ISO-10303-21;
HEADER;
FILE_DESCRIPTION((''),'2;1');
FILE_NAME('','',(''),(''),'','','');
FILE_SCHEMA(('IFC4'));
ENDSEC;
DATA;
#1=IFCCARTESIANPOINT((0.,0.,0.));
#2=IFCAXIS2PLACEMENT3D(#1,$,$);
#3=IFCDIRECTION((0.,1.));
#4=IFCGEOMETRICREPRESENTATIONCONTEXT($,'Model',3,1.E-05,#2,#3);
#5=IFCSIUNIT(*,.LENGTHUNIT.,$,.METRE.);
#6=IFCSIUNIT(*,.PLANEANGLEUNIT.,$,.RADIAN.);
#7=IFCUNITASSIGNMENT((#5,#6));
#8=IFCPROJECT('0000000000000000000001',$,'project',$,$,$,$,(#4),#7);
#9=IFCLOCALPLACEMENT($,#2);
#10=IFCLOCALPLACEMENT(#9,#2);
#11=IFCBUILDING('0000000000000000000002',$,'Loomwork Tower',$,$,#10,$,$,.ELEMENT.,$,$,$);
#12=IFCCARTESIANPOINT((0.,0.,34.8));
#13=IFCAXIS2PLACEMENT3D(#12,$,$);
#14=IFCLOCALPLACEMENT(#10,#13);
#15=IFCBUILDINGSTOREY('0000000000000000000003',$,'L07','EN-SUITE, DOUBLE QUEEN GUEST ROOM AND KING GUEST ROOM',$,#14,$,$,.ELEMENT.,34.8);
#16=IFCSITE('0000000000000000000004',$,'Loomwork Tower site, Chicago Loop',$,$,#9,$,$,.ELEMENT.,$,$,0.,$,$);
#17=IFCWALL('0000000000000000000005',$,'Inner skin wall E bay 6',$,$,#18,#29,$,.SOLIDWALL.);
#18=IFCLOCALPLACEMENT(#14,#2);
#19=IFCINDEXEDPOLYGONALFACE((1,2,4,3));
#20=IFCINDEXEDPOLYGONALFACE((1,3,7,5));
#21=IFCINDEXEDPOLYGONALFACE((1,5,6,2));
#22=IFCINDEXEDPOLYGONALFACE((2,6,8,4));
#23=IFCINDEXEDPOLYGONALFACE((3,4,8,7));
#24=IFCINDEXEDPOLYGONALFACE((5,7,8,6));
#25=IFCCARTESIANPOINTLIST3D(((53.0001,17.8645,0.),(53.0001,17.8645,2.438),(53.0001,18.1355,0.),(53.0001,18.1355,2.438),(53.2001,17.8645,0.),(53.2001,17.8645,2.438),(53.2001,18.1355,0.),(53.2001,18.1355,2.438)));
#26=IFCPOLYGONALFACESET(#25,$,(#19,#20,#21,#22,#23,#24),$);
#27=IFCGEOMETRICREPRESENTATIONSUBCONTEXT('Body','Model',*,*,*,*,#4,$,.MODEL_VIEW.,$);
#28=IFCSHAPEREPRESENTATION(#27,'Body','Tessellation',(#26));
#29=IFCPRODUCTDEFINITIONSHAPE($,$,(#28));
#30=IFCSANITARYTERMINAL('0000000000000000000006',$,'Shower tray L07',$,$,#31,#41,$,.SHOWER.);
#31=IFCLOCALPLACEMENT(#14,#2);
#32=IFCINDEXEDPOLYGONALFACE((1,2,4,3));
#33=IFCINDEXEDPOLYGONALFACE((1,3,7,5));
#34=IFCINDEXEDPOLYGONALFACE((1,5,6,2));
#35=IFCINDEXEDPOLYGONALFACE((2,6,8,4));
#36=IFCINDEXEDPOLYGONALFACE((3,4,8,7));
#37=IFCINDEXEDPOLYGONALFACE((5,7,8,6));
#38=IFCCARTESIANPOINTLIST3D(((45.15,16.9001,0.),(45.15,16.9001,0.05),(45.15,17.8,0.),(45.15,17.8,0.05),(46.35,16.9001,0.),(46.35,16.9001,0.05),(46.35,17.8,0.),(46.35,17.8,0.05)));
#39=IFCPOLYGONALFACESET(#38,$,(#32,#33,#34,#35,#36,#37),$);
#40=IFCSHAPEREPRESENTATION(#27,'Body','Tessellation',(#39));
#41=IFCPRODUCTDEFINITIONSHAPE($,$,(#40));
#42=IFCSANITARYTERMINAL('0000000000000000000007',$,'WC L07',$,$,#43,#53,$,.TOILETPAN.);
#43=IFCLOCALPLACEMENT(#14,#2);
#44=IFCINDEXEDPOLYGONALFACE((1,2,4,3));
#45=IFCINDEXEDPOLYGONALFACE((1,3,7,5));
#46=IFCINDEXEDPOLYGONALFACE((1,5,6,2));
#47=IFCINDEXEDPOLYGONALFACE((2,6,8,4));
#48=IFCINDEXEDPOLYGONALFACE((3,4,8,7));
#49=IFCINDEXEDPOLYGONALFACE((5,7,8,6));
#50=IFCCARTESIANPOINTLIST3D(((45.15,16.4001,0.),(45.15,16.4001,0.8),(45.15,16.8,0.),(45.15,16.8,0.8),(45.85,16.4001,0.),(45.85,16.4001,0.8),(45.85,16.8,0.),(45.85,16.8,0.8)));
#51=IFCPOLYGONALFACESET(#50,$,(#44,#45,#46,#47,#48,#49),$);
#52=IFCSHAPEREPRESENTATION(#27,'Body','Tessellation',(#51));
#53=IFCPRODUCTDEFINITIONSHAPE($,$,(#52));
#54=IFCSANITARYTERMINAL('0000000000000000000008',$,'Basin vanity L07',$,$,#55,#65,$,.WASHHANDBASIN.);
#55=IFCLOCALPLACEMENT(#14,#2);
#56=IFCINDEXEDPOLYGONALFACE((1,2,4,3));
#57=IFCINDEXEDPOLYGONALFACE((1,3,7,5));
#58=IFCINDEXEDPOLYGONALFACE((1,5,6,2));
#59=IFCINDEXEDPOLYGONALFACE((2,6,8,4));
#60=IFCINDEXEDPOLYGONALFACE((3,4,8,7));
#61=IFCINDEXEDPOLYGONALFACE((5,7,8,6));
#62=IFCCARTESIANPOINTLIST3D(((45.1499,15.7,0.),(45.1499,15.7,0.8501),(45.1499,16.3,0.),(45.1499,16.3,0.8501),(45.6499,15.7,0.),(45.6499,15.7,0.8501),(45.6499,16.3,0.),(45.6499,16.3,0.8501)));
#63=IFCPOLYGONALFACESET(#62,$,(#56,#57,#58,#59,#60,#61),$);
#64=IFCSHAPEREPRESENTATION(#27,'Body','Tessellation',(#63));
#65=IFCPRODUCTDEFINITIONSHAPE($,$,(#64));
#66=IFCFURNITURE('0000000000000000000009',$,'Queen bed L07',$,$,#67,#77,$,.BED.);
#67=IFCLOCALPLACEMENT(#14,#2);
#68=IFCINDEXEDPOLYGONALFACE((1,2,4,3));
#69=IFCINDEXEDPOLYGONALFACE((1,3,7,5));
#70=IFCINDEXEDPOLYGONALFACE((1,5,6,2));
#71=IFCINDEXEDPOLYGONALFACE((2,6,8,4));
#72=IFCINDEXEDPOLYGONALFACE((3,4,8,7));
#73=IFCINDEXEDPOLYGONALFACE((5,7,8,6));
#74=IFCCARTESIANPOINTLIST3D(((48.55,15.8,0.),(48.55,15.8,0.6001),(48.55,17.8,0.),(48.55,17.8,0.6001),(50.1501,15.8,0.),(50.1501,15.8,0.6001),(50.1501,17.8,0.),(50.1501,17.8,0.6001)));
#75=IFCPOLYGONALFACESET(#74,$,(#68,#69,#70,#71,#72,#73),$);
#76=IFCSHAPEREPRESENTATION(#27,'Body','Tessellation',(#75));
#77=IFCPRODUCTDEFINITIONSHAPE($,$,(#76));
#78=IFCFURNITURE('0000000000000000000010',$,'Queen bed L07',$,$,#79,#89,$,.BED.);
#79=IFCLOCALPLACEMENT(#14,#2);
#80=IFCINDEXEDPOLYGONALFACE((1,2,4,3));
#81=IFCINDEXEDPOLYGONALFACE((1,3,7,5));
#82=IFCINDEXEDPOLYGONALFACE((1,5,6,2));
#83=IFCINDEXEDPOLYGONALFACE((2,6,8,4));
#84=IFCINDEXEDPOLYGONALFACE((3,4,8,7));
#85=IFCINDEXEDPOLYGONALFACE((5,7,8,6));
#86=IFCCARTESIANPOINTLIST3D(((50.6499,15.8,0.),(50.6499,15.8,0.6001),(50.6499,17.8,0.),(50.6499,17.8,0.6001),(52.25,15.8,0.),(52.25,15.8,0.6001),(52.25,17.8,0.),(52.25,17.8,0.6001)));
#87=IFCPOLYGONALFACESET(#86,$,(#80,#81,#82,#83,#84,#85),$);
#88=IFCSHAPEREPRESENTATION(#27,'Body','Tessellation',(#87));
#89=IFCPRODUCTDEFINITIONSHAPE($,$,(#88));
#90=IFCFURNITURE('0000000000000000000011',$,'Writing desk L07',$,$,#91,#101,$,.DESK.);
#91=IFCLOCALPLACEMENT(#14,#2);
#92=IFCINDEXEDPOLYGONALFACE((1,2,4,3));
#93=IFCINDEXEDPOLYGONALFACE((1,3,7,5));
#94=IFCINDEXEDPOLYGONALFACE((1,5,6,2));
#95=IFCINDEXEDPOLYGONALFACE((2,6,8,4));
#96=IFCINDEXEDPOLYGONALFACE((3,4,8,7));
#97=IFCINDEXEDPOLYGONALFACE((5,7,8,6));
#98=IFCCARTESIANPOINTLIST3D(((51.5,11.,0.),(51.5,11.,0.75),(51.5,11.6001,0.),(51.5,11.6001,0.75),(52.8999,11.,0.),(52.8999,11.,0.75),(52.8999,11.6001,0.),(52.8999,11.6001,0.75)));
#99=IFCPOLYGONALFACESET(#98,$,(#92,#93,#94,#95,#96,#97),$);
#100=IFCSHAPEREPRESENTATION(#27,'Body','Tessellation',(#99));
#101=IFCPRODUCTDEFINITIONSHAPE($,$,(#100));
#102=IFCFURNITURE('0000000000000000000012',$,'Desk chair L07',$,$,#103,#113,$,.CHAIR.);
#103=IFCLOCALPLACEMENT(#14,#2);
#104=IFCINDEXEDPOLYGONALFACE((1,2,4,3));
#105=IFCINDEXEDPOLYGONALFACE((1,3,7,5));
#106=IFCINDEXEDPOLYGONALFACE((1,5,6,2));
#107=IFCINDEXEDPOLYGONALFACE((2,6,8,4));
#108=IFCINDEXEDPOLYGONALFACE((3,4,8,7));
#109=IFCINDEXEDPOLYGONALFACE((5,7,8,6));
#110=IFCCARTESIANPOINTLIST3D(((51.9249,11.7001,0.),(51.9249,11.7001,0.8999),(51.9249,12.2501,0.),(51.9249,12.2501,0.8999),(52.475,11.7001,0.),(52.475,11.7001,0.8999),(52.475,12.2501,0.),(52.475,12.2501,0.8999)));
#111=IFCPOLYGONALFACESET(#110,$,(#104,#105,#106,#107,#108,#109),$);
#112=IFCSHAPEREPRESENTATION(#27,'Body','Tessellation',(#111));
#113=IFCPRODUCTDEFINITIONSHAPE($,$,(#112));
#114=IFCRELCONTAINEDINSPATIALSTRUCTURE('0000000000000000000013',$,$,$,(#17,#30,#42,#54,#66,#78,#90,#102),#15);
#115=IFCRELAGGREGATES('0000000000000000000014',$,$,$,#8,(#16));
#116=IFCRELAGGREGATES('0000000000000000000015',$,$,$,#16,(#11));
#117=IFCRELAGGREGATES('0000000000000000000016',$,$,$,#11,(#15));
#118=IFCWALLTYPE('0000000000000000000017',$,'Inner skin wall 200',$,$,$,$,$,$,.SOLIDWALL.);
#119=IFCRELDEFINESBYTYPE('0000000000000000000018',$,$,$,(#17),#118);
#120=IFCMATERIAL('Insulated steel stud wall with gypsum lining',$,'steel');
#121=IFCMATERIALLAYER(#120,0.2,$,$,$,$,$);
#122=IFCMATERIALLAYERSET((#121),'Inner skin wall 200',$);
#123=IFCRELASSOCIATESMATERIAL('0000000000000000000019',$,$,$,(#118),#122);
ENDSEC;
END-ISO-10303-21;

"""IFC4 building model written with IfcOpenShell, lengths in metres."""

from ifc_helpers import new_model, si_unit, direction, frame, frame_2d, origin, origin_2d, place, context, subcontext, project, spatial, rectangle, extrude, material, layer, layer_set, type_object, element, save


model = new_model("IFC4")

# Units and contexts
model_context = context("Model", 3, precision=1e-05, world=origin(), true_north=direction((0.0, 1.0)))
body_context = subcontext(model_context, "Body", "Model", "MODEL_VIEW")
ifc_project = project(units=[si_unit("LENGTHUNIT", "METRE"), si_unit("PLANEANGLEUNIT", "RADIAN")], contexts=[model_context])

# Site, building, storey
site_placement = place(None, origin())
site = spatial("IfcSite", under=ifc_project, at=site_placement, Name="Loomwork Tower site, Chicago Loop", CompositionType="ELEMENT", RefElevation=0.0)
building_placement = place(site_placement, origin())
building = spatial("IfcBuilding", under=site, at=building_placement, Name="Loomwork Tower", CompositionType="ELEMENT")
storey_placement = place(building_placement, frame((0.0, 0.0, 34.8)))
storey = spatial("IfcBuildingStorey", under=building, at=storey_placement, Name="L07", Description="EN-SUITE, DOUBLE QUEEN GUEST ROOM AND KING GUEST ROOM", CompositionType="ELEMENT", Elevation=34.8)

# Wall
ifc_material_1 = material(Name="Insulated steel stud wall with gypsum lining", Category="steel")
ifc_layer_1 = layer(ifc_material_1, 0.2)
ifc_layer_set_1 = layer_set([ifc_layer_1], Name="Inner skin wall 200")
wall_type_1 = type_object("IfcWallType", Name="Inner skin wall 200", PredefinedType="SOLIDWALL", material=ifc_layer_set_1)
wall_1_placement = place(storey_placement, frame((53.1001, 17.8645, 0.0), z_axis=(0.0, 0.0, 1.0), x_axis=(0.0, 1.0, 0.0)))
element("IfcWall", 1, at=wall_1_placement, inside=storey, type_object=wall_type_1, Name="Inner skin wall E bay 6", PredefinedType="SOLIDWALL", context=body_context, shape_type="SweptSolid", body=[
    extrude(rectangle(XDim=0.271, YDim=0.2, at=frame_2d((0.1355, 0.0))), origin(), (0.0, 0.0, 1.0), 2.438),
])

# Sanitary terminals
sanitary_terminal_1_placement = place(storey_placement, frame((45.75, 17.3501, 0.0), z_axis=(0.0, 0.0, 1.0), x_axis=(1.0, 0.0, 0.0)))
element("IfcSanitaryTerminal", 2, at=sanitary_terminal_1_placement, inside=storey, Name="Shower tray L07", PredefinedType="SHOWER", context=body_context, shape_type="SweptSolid", body=[
    extrude(rectangle(XDim=1.2, YDim=0.8999, at=origin_2d()), origin(), (0.0, 0.0, 1.0), 0.05),
])
sanitary_terminal_2_placement = place(storey_placement, frame((45.5, 16.6001, 0.0), z_axis=(0.0, 0.0, 1.0), x_axis=(1.0, 0.0, 0.0)))
element("IfcSanitaryTerminal", 3, at=sanitary_terminal_2_placement, inside=storey, Name="WC L07", PredefinedType="TOILETPAN", context=body_context, shape_type="SweptSolid", body=[
    extrude(rectangle(XDim=0.7, YDim=0.3999, at=origin_2d()), origin(), (0.0, 0.0, 1.0), 0.8),
])
sanitary_terminal_3_placement = place(storey_placement, frame((45.3999, 16.0, 0.0), z_axis=(0.0, 0.0, 1.0), x_axis=(1.0, 0.0, 0.0)))
element("IfcSanitaryTerminal", 4, at=sanitary_terminal_3_placement, inside=storey, Name="Basin vanity L07", PredefinedType="WASHHANDBASIN", context=body_context, shape_type="SweptSolid", body=[
    extrude(rectangle(XDim=0.5, YDim=0.6001, at=origin_2d()), origin(), (0.0, 0.0, 1.0), 0.8501),
])

# Furniture
for number, where, z_axis, x_axis, name in (
    (5, (49.3501, 16.8, 0.0), (0.0, 0.0, 1.0), (1.0, 0.0, 0.0), "Queen bed L07"),
    (6, (51.45, 16.8, 0.0), (0.0, 0.0, 1.0), (1.0, 0.0, 0.0), "Queen bed L07"),
):
    element("IfcFurniture", number, at=place(storey_placement, frame(where, z_axis=z_axis, x_axis=x_axis)), inside=storey, Name=name, PredefinedType="BED", context=body_context, shape_type="SweptSolid", body=[
        extrude(rectangle(XDim=1.6001, YDim=2.0, at=origin_2d()), origin(), (0.0, 0.0, 1.0), 0.6001),
    ])
furniture_1_placement = place(storey_placement, frame((52.2, 11.3, 0.0), z_axis=(0.0, 0.0, 1.0), x_axis=(1.0, 0.0, 0.0)))
element("IfcFurniture", 7, at=furniture_1_placement, inside=storey, Name="Writing desk L07", PredefinedType="DESK", context=body_context, shape_type="SweptSolid", body=[
    extrude(rectangle(XDim=1.3999, YDim=0.6001, at=origin_2d()), origin(), (0.0, 0.0, 1.0), 0.75),
])
furniture_2_placement = place(storey_placement, frame((52.2, 11.9751, 0.0), z_axis=(0.0, 0.0, 1.0), x_axis=(1.0, 0.0, 0.0)))
element("IfcFurniture", 8, at=furniture_2_placement, inside=storey, Name="Desk chair L07", PredefinedType="CHAIR", context=body_context, shape_type="SweptSolid", body=[
    extrude(rectangle(XDim=0.55, YDim=0.55, at=origin_2d()), origin(), (0.0, 0.0, 1.0), 0.8999),
])

save(model, "model.ifc")
